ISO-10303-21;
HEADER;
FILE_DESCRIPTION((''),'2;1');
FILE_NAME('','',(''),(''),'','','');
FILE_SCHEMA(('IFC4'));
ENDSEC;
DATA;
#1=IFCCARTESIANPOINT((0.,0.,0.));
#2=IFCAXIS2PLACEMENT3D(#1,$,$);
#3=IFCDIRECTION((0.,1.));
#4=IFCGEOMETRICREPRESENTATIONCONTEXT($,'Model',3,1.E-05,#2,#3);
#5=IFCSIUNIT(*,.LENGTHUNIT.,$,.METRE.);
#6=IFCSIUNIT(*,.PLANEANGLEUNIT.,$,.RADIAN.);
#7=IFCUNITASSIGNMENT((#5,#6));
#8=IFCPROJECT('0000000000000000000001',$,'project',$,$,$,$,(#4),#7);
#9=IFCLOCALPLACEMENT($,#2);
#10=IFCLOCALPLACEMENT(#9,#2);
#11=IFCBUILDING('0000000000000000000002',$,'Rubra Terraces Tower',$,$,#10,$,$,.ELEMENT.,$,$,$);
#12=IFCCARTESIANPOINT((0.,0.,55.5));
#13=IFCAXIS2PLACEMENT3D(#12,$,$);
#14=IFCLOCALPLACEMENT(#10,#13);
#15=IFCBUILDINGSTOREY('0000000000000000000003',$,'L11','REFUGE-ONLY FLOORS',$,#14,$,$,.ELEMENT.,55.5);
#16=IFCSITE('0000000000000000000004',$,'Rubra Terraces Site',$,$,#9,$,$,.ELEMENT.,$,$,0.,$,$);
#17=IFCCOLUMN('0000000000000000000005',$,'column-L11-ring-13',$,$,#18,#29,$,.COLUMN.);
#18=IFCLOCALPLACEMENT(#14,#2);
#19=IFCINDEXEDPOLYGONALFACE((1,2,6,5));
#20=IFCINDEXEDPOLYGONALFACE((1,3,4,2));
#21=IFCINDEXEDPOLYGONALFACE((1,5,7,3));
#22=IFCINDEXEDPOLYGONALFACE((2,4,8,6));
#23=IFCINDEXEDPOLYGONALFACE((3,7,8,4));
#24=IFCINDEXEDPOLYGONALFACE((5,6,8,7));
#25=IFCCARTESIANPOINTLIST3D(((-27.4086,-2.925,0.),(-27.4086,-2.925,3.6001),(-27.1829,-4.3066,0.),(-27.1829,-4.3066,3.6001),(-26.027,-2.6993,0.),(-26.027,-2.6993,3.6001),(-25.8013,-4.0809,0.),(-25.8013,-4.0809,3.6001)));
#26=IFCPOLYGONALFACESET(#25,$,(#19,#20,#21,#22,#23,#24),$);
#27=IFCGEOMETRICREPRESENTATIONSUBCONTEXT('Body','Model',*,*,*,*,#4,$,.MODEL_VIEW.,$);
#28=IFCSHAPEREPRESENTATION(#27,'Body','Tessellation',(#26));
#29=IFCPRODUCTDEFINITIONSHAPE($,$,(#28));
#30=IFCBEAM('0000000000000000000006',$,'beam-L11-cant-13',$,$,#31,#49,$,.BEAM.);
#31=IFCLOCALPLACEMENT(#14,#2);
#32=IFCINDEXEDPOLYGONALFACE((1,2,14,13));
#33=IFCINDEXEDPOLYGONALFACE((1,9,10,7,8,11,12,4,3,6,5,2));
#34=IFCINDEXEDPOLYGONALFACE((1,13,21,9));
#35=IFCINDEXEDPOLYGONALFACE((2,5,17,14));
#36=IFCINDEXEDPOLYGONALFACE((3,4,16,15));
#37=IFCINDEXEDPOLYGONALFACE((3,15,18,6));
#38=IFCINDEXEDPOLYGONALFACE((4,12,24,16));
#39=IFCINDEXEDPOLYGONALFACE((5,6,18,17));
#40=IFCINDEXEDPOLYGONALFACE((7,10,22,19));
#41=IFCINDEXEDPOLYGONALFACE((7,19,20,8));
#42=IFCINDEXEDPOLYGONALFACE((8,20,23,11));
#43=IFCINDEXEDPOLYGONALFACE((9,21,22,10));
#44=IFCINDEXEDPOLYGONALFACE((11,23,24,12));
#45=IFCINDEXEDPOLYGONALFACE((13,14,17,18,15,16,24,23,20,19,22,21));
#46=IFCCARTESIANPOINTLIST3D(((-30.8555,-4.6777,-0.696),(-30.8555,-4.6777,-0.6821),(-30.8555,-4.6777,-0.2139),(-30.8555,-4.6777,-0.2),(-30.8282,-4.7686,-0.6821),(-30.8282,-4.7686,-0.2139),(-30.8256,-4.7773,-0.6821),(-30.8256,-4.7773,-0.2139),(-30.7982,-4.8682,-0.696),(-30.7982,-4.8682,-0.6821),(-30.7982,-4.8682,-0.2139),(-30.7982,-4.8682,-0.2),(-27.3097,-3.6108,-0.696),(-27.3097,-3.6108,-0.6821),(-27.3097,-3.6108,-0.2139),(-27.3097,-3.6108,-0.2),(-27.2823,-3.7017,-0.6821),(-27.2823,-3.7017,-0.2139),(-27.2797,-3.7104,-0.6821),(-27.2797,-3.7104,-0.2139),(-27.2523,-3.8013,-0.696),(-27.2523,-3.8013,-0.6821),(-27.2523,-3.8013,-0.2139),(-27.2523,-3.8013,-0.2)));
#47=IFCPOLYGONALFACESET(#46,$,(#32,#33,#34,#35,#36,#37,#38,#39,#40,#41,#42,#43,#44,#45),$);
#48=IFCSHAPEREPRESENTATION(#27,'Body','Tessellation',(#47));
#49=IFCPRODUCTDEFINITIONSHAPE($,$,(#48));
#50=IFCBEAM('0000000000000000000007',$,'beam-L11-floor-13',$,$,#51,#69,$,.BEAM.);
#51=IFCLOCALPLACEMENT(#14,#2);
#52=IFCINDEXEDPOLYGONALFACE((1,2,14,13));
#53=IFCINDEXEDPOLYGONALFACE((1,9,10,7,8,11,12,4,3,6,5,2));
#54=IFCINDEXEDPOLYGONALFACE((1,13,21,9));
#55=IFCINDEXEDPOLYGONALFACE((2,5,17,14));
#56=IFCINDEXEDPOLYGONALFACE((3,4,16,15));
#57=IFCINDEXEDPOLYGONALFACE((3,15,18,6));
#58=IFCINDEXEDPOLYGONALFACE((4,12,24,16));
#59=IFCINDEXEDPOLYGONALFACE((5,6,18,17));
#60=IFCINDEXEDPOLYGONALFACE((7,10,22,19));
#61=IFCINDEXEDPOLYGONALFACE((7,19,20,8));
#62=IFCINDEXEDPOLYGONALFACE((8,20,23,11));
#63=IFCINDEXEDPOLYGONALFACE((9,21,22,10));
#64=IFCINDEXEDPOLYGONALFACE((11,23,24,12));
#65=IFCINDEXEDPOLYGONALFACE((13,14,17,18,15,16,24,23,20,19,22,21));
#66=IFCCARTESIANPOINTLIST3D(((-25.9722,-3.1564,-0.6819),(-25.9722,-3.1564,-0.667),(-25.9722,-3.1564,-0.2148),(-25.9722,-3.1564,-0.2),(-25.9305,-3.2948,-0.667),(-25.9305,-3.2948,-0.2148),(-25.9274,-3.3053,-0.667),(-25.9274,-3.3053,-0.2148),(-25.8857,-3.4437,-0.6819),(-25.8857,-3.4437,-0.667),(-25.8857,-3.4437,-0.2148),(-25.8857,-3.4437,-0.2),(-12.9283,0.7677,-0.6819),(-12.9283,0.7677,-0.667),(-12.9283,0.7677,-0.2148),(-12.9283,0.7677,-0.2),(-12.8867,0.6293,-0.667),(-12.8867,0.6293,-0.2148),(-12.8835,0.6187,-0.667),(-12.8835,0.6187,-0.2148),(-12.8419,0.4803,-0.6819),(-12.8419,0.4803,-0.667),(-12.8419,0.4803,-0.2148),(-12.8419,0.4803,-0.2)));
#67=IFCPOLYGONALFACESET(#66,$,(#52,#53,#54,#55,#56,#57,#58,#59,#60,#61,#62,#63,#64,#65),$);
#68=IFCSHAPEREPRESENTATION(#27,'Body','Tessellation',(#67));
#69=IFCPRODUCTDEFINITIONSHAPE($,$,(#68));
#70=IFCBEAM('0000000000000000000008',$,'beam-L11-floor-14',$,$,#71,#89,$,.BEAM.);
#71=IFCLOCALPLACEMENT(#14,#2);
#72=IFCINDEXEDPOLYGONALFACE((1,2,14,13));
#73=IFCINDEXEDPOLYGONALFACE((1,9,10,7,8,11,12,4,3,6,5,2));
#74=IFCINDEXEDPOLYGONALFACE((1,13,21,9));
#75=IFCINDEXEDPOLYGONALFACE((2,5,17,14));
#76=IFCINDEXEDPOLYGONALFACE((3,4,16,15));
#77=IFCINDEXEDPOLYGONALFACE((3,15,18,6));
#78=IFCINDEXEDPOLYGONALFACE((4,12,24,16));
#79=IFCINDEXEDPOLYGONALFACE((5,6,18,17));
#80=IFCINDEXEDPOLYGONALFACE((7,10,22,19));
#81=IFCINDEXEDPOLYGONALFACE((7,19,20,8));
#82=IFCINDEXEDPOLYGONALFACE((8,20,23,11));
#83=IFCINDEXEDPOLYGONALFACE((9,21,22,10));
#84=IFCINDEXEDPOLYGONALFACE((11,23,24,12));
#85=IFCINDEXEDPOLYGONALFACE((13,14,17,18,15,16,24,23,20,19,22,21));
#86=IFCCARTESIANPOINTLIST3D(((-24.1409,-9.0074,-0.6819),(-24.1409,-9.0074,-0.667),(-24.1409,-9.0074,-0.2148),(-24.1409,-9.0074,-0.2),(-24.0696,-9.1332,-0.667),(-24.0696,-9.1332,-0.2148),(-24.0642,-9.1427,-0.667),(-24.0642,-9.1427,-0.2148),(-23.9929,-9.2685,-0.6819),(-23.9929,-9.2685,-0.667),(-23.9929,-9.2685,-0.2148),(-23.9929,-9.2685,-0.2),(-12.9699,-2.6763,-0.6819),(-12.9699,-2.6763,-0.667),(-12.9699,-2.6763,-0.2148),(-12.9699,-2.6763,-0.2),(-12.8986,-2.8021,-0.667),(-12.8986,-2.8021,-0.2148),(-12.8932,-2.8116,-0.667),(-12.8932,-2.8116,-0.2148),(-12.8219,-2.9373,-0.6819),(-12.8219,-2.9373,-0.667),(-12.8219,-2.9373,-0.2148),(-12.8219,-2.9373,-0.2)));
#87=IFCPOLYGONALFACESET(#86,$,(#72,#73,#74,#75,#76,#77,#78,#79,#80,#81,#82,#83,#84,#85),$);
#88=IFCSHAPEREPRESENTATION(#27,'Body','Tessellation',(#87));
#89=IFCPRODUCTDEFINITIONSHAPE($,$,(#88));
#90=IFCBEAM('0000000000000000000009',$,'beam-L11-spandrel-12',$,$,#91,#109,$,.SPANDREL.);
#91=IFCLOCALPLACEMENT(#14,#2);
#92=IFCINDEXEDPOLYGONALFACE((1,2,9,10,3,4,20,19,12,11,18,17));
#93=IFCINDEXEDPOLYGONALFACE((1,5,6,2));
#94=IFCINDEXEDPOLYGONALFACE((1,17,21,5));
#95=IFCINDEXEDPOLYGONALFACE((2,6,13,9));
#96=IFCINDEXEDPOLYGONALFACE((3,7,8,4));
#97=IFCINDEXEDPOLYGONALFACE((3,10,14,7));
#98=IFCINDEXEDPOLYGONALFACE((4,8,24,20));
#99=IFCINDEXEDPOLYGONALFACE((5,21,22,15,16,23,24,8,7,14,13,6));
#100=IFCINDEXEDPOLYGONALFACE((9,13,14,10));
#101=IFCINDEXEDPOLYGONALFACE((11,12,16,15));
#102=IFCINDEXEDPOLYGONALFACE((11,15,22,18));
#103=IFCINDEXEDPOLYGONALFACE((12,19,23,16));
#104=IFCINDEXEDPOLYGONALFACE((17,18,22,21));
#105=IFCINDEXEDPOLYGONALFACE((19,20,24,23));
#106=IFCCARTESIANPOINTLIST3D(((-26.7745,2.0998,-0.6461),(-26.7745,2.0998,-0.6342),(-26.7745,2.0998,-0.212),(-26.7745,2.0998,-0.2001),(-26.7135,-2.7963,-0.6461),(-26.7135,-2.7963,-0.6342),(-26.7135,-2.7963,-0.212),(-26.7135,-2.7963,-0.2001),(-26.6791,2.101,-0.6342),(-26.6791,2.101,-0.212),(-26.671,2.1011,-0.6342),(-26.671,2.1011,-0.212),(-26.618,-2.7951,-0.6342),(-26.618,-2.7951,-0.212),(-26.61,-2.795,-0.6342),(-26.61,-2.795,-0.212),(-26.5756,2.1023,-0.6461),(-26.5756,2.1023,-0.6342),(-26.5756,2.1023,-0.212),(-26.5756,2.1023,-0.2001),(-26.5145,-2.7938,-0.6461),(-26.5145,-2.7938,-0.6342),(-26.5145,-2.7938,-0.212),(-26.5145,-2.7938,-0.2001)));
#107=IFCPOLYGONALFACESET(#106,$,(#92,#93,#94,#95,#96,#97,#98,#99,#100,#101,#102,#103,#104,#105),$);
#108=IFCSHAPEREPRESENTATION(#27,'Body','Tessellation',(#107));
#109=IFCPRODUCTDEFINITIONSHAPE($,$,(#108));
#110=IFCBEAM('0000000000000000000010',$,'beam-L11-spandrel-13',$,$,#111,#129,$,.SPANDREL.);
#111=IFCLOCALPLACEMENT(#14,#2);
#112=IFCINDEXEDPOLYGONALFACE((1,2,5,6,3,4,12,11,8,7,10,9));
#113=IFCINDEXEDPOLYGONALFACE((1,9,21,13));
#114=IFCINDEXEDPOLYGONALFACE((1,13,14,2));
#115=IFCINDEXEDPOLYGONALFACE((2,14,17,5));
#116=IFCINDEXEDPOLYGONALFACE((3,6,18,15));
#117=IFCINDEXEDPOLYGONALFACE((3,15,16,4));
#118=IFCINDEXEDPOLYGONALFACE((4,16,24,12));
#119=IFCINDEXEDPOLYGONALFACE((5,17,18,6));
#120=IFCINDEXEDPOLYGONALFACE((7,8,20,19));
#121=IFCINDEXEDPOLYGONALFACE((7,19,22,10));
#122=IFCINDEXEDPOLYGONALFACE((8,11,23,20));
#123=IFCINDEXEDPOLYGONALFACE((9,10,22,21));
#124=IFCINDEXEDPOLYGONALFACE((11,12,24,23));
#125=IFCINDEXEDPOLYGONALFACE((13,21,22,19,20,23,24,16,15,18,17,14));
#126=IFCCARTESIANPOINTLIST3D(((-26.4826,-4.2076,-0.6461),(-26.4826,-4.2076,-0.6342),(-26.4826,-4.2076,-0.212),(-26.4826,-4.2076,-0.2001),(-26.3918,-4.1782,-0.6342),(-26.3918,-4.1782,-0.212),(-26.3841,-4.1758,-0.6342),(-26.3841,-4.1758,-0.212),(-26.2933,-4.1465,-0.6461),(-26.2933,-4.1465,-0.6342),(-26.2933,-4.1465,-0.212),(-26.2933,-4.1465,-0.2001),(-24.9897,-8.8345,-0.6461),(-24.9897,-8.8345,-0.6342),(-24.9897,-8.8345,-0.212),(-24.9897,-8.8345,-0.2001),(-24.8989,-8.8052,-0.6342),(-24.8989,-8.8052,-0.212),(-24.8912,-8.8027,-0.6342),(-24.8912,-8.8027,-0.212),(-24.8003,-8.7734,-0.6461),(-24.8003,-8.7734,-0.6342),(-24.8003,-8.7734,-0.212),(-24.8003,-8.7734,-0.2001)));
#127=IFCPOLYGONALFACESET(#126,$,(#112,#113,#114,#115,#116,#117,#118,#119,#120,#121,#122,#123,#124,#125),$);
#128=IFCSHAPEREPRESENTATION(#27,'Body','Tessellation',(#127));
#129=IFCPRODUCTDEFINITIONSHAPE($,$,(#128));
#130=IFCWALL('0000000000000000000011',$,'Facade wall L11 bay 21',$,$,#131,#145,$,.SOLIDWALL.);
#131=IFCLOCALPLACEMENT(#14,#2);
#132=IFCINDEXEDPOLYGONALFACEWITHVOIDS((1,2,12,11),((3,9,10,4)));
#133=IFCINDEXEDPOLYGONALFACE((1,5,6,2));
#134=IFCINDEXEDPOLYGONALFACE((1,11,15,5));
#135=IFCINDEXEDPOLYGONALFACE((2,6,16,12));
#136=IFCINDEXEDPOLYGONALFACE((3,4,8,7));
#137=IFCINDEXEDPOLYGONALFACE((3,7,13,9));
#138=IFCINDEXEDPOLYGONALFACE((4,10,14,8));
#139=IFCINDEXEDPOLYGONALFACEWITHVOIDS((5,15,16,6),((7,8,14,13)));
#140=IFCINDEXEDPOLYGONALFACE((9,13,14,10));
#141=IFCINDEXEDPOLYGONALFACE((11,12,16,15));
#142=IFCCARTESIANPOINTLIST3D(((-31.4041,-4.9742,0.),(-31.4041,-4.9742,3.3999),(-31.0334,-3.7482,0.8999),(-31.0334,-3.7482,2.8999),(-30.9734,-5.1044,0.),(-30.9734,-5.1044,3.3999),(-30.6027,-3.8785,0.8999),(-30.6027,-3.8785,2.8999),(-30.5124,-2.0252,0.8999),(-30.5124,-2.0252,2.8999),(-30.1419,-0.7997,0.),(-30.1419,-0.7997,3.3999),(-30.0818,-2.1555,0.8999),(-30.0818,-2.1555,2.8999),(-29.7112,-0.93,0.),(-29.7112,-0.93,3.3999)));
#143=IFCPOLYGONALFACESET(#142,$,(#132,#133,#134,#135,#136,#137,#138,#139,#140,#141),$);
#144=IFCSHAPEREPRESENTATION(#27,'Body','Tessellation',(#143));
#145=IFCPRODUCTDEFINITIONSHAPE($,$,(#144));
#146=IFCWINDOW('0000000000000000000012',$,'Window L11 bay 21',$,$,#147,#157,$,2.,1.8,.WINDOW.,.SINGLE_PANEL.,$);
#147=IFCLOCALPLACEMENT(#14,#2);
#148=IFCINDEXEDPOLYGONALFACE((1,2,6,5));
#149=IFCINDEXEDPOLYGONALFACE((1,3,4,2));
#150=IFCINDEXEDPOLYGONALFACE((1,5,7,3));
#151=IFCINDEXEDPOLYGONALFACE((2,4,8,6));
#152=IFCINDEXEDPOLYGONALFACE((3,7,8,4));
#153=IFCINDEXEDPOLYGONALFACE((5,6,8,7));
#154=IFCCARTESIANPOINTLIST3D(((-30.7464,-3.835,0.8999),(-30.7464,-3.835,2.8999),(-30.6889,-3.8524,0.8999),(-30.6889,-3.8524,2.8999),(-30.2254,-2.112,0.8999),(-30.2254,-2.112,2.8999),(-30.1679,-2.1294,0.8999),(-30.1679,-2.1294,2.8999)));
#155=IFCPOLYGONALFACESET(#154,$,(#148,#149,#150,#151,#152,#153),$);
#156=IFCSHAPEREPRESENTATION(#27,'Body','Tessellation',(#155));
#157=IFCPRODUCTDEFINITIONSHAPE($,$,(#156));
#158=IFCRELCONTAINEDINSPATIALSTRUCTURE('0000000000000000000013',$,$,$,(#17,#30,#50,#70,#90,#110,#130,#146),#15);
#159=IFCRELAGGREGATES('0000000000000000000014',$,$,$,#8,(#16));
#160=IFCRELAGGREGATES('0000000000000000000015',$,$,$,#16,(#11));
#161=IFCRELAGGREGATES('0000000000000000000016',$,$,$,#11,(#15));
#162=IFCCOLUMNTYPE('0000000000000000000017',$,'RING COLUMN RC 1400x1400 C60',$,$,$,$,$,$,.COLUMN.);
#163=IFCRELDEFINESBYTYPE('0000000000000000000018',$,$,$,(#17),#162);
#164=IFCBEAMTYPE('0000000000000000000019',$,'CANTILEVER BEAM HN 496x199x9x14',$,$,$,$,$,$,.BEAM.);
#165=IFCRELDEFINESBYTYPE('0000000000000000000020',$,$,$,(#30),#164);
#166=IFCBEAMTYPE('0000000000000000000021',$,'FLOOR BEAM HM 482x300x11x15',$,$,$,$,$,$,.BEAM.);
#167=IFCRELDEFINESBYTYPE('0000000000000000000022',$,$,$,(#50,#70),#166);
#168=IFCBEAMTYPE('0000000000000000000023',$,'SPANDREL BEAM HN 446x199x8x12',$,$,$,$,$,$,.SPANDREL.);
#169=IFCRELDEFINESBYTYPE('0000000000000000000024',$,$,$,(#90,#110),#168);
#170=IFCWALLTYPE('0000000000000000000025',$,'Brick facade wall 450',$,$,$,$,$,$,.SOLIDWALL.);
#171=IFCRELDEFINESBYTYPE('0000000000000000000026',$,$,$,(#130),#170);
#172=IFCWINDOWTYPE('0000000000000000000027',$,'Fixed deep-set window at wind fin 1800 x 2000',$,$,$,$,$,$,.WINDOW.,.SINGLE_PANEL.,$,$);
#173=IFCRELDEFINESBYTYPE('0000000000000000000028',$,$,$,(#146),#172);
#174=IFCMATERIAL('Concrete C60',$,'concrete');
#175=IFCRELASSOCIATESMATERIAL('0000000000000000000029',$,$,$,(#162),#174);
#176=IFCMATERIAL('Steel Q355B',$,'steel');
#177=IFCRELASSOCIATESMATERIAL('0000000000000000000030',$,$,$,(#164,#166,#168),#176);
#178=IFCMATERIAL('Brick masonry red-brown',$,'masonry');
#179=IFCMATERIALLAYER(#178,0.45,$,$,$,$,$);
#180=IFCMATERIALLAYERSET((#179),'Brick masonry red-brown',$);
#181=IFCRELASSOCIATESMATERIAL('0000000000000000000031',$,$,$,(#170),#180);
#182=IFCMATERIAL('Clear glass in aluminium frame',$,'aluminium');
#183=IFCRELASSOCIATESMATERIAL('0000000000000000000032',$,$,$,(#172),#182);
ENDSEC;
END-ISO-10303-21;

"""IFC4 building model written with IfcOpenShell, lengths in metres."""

from ifc_helpers import new_model, si_unit, direction, frame, frame_2d, origin, origin_2d, place, context, subcontext, project, spatial, rectangle, i_section, extrude, material, layer, layer_set, material_profile, profile_set, type_object, element, fill, save


model = new_model("IFC4")

# Units and contexts
model_context = context("Model", 3, precision=1e-05, world=origin(), true_north=direction((0.0, 1.0)))
body_context = subcontext(model_context, "Body", "Model", "MODEL_VIEW")
ifc_project = project(units=[si_unit("LENGTHUNIT", "METRE"), si_unit("PLANEANGLEUNIT", "RADIAN")], contexts=[model_context])

# Site, building, storey
site_placement = place(None, origin())
site = spatial("IfcSite", under=ifc_project, at=site_placement, Name="Rubra Terraces Site", CompositionType="ELEMENT", RefElevation=0.0)
building_placement = place(site_placement, origin())
building = spatial("IfcBuilding", under=site, at=building_placement, Name="Rubra Terraces Tower", CompositionType="ELEMENT")
storey_placement = place(building_placement, frame((0.0, 0.0, 55.5)))
storey = spatial("IfcBuildingStorey", under=building, at=storey_placement, Name="L11", Description="REFUGE-ONLY FLOORS", CompositionType="ELEMENT", Elevation=55.5)

# Column
ifc_material_1 = material(Name="Concrete C60", Category="concrete")
ifc_material_profile_1 = material_profile(ifc_material_1, rectangle(XDim=1.3999, YDim=1.3999, at=origin_2d()), Name="RC 1400x1400")
ifc_profile_set_1 = profile_set([ifc_material_profile_1], Name="Concrete C60")
column_type = type_object("IfcColumnType", Name="RING COLUMN RC 1400x1400 C60", PredefinedType="COLUMN", material=ifc_profile_set_1)
column_placement = place(storey_placement, frame((-26.605, -3.5029, 0.0), z_axis=(0.0, 0.0, 1.0), x_axis=(0.161234, -0.986916, 0.0)))
element("IfcColumn", 1, at=column_placement, inside=storey, type_object=column_type, Name="column-L11-ring-13", PredefinedType="COLUMN", context=body_context, shape_type="SweptSolid", body=[
    extrude(rectangle(XDim=1.3999, YDim=1.3999, at=origin_2d()), origin(), (0.0, 0.0, 1.0), 3.6001),
])

# Beams
ifc_material_2 = material(Name="Steel Q355B", Category="steel")
ifc_material_profile_2 = material_profile(ifc_material_2, i_section(OverallWidth=0.199, OverallDepth=0.4961, WebThickness=0.009, FlangeThickness=0.0139, at=origin_2d()), Name="HN 496x199x9x14")
ifc_profile_set_2 = profile_set([ifc_material_profile_2], Name="Steel Q355B")
beam_type_1 = type_object("IfcBeamType", Name="CANTILEVER BEAM HN 496x199x9x14", PredefinedType="BEAM", material=ifc_profile_set_2)
beam_1_placement = place(storey_placement, frame((-27.281, -3.7061, -0.448), z_axis=(-0.957594, -0.288122, 0.0), x_axis=(0.288122, -0.957594, 0.0)))
element("IfcBeam", 2, at=beam_1_placement, inside=storey, type_object=beam_type_1, Name="beam-L11-cant-13", PredefinedType="BEAM", context=body_context, shape_type="SweptSolid", body=[
    extrude(i_section(OverallWidth=0.199, OverallDepth=0.4961, WebThickness=0.009, FlangeThickness=0.0139, at=origin_2d()), origin(), (0.0, 0.0, 1.0), 3.7029),
])
ifc_material_profile_3 = material_profile(ifc_material_2, i_section(OverallWidth=0.3, OverallDepth=0.4819, WebThickness=0.011, FlangeThickness=0.0149, at=origin_2d()), Name="HM 482x300x11x15")
ifc_profile_set_3 = profile_set([ifc_material_profile_3], Name="Steel Q355B")
beam_type_2 = type_object("IfcBeamType", Name="FLOOR BEAM HM 482x300x11x15", PredefinedType="BEAM", material=ifc_profile_set_3)
beam_2_placement = place(storey_placement, frame((-25.929, -3.3, -0.4409), z_axis=(0.957606, 0.288081, 0.0), x_axis=(-0.288081, 0.957606, 0.0)))
element("IfcBeam", 3, at=beam_2_placement, inside=storey, type_object=beam_type_2, Name="beam-L11-floor-13", PredefinedType="BEAM", context=body_context, shape_type="SweptSolid", body=[
    extrude(i_section(OverallWidth=0.3, OverallDepth=0.4819, WebThickness=0.011, FlangeThickness=0.0149, at=origin_2d()), origin(), (0.0, 0.0, 1.0), 13.6213),
])
beam_3_placement = place(storey_placement, frame((-24.0669, -9.1379, -0.4409), z_axis=(0.869993, 0.493064, 0.0), x_axis=(-0.493064, 0.869993, 0.0)))
element("IfcBeam", 4, at=beam_3_placement, inside=storey, type_object=beam_type_2, Name="beam-L11-floor-14", PredefinedType="BEAM", context=body_context, shape_type="SweptSolid", body=[
    extrude(i_section(OverallWidth=0.3, OverallDepth=0.4819, WebThickness=0.011, FlangeThickness=0.0149, at=origin_2d()), origin(), (0.0, 0.0, 1.0), 12.8403),
])
ifc_material_profile_4 = material_profile(ifc_material_2, i_section(OverallWidth=0.199, OverallDepth=0.446, WebThickness=0.0081, FlangeThickness=0.012, at=origin_2d()), Name="HN 446x199x8x12")
ifc_profile_set_4 = profile_set([ifc_material_profile_4], Name="Steel Q355B")
beam_type_3 = type_object("IfcBeamType", Name="SPANDREL BEAM HN 446x199x8x12", PredefinedType="SPANDREL", material=ifc_profile_set_4)
beam_4_placement = place(storey_placement, frame((-26.675, 2.1011, -0.4231), z_axis=(0.012465, -0.999922, 0.0), x_axis=(0.999922, 0.012465, 0.0)))
element("IfcBeam", 5, at=beam_4_placement, inside=storey, type_object=beam_type_3, Name="beam-L11-spandrel-12", PredefinedType="SPANDREL", context=body_context, shape_type="SweptSolid", body=[
    extrude(i_section(OverallWidth=0.199, OverallDepth=0.446, WebThickness=0.0081, FlangeThickness=0.012, at=origin_2d()), origin(), (0.0, 0.0, 1.0), 4.8965),
])
beam_5_placement = place(storey_placement, frame((-26.3879, -4.177, -0.4231), z_axis=(0.307069, -0.951687, 0.0), x_axis=(0.951687, 0.307069, 0.0)))
element("IfcBeam", 6, at=beam_5_placement, inside=storey, type_object=beam_type_3, Name="beam-L11-spandrel-13", PredefinedType="SPANDREL", context=body_context, shape_type="SweptSolid", body=[
    extrude(i_section(OverallWidth=0.199, OverallDepth=0.446, WebThickness=0.0081, FlangeThickness=0.012, at=origin_2d()), origin(), (0.0, 0.0, 1.0), 4.8618),
])

# Wall, opening, window
ifc_material_3 = material(Name="Brick masonry red-brown", Category="masonry")
ifc_layer_1 = layer(ifc_material_3, 0.45)
ifc_layer_set_1 = layer_set([ifc_layer_1], Name="Brick masonry red-brown")
wall_type_1 = type_object("IfcWallType", Name="Brick facade wall 450", PredefinedType="SOLIDWALL", material=ifc_layer_set_1)
wall_1_placement = place(storey_placement, frame((-29.9265, -0.8647, 0.0), z_axis=(0.0, 0.0, 1.0), x_axis=(-0.289432, -0.957198, 0.0)))
wall_1 = element("IfcWall", 7, at=wall_1_placement, inside=storey, type_object=wall_type_1, Name="Facade wall L11 bay 21", PredefinedType="SOLIDWALL", context=body_context, shape_type="SweptSolid", body=[
    extrude(rectangle(XDim=4.3611, YDim=0.45, at=frame_2d((2.1807, 0.0))), origin(), (0.0, 0.0, 1.0), 3.3999),
])
opening_1_placement = place(wall_1_placement, frame((1.2805, 0.0, 0.8999)))
opening_1 = element("IfcOpeningElement", 8, at=opening_1_placement, cuts=wall_1, PredefinedType="OPENING", context=body_context, shape_type="SweptSolid", body=[
    extrude(rectangle(XDim=1.8, YDim=2.0, at=frame_2d((0.8999, 1.0))), frame((0.0, 0.2349, 0.0), z_axis=(0.0, -1.0, 0.0), x_axis=(1.0, 0.0, 0.0)), (0.0, 0.0, 1.0), 0.47),
])
ifc_material_4 = material(Name="Clear glass in aluminium frame", Category="aluminium")
window_type_1 = type_object("IfcWindowType", Name="Fixed deep-set window at wind fin 1800 x 2000", PartitioningType="SINGLE_PANEL", PredefinedType="WINDOW", material=ifc_material_4)
window_1_placement = place(opening_1_placement, origin())
window_1 = element("IfcWindow", 9, at=window_1_placement, inside=storey, type_object=window_type_1, Name="Window L11 bay 21", OverallHeight=2.0, OverallWidth=1.8, PartitioningType="SINGLE_PANEL", PredefinedType="WINDOW", context=body_context, shape_type="SweptSolid", body=[
    extrude(rectangle(XDim=1.8, YDim=2.0, at=frame_2d((0.8999, 1.0))), frame((0.0, 0.135, 0.0), z_axis=(0.0, -1.0, 0.0), x_axis=(1.0, 0.0, 0.0)), (0.0, 0.0, 1.0), 0.0601),
])
fill(opening_1, window_1)

save(model, "model.ifc")
